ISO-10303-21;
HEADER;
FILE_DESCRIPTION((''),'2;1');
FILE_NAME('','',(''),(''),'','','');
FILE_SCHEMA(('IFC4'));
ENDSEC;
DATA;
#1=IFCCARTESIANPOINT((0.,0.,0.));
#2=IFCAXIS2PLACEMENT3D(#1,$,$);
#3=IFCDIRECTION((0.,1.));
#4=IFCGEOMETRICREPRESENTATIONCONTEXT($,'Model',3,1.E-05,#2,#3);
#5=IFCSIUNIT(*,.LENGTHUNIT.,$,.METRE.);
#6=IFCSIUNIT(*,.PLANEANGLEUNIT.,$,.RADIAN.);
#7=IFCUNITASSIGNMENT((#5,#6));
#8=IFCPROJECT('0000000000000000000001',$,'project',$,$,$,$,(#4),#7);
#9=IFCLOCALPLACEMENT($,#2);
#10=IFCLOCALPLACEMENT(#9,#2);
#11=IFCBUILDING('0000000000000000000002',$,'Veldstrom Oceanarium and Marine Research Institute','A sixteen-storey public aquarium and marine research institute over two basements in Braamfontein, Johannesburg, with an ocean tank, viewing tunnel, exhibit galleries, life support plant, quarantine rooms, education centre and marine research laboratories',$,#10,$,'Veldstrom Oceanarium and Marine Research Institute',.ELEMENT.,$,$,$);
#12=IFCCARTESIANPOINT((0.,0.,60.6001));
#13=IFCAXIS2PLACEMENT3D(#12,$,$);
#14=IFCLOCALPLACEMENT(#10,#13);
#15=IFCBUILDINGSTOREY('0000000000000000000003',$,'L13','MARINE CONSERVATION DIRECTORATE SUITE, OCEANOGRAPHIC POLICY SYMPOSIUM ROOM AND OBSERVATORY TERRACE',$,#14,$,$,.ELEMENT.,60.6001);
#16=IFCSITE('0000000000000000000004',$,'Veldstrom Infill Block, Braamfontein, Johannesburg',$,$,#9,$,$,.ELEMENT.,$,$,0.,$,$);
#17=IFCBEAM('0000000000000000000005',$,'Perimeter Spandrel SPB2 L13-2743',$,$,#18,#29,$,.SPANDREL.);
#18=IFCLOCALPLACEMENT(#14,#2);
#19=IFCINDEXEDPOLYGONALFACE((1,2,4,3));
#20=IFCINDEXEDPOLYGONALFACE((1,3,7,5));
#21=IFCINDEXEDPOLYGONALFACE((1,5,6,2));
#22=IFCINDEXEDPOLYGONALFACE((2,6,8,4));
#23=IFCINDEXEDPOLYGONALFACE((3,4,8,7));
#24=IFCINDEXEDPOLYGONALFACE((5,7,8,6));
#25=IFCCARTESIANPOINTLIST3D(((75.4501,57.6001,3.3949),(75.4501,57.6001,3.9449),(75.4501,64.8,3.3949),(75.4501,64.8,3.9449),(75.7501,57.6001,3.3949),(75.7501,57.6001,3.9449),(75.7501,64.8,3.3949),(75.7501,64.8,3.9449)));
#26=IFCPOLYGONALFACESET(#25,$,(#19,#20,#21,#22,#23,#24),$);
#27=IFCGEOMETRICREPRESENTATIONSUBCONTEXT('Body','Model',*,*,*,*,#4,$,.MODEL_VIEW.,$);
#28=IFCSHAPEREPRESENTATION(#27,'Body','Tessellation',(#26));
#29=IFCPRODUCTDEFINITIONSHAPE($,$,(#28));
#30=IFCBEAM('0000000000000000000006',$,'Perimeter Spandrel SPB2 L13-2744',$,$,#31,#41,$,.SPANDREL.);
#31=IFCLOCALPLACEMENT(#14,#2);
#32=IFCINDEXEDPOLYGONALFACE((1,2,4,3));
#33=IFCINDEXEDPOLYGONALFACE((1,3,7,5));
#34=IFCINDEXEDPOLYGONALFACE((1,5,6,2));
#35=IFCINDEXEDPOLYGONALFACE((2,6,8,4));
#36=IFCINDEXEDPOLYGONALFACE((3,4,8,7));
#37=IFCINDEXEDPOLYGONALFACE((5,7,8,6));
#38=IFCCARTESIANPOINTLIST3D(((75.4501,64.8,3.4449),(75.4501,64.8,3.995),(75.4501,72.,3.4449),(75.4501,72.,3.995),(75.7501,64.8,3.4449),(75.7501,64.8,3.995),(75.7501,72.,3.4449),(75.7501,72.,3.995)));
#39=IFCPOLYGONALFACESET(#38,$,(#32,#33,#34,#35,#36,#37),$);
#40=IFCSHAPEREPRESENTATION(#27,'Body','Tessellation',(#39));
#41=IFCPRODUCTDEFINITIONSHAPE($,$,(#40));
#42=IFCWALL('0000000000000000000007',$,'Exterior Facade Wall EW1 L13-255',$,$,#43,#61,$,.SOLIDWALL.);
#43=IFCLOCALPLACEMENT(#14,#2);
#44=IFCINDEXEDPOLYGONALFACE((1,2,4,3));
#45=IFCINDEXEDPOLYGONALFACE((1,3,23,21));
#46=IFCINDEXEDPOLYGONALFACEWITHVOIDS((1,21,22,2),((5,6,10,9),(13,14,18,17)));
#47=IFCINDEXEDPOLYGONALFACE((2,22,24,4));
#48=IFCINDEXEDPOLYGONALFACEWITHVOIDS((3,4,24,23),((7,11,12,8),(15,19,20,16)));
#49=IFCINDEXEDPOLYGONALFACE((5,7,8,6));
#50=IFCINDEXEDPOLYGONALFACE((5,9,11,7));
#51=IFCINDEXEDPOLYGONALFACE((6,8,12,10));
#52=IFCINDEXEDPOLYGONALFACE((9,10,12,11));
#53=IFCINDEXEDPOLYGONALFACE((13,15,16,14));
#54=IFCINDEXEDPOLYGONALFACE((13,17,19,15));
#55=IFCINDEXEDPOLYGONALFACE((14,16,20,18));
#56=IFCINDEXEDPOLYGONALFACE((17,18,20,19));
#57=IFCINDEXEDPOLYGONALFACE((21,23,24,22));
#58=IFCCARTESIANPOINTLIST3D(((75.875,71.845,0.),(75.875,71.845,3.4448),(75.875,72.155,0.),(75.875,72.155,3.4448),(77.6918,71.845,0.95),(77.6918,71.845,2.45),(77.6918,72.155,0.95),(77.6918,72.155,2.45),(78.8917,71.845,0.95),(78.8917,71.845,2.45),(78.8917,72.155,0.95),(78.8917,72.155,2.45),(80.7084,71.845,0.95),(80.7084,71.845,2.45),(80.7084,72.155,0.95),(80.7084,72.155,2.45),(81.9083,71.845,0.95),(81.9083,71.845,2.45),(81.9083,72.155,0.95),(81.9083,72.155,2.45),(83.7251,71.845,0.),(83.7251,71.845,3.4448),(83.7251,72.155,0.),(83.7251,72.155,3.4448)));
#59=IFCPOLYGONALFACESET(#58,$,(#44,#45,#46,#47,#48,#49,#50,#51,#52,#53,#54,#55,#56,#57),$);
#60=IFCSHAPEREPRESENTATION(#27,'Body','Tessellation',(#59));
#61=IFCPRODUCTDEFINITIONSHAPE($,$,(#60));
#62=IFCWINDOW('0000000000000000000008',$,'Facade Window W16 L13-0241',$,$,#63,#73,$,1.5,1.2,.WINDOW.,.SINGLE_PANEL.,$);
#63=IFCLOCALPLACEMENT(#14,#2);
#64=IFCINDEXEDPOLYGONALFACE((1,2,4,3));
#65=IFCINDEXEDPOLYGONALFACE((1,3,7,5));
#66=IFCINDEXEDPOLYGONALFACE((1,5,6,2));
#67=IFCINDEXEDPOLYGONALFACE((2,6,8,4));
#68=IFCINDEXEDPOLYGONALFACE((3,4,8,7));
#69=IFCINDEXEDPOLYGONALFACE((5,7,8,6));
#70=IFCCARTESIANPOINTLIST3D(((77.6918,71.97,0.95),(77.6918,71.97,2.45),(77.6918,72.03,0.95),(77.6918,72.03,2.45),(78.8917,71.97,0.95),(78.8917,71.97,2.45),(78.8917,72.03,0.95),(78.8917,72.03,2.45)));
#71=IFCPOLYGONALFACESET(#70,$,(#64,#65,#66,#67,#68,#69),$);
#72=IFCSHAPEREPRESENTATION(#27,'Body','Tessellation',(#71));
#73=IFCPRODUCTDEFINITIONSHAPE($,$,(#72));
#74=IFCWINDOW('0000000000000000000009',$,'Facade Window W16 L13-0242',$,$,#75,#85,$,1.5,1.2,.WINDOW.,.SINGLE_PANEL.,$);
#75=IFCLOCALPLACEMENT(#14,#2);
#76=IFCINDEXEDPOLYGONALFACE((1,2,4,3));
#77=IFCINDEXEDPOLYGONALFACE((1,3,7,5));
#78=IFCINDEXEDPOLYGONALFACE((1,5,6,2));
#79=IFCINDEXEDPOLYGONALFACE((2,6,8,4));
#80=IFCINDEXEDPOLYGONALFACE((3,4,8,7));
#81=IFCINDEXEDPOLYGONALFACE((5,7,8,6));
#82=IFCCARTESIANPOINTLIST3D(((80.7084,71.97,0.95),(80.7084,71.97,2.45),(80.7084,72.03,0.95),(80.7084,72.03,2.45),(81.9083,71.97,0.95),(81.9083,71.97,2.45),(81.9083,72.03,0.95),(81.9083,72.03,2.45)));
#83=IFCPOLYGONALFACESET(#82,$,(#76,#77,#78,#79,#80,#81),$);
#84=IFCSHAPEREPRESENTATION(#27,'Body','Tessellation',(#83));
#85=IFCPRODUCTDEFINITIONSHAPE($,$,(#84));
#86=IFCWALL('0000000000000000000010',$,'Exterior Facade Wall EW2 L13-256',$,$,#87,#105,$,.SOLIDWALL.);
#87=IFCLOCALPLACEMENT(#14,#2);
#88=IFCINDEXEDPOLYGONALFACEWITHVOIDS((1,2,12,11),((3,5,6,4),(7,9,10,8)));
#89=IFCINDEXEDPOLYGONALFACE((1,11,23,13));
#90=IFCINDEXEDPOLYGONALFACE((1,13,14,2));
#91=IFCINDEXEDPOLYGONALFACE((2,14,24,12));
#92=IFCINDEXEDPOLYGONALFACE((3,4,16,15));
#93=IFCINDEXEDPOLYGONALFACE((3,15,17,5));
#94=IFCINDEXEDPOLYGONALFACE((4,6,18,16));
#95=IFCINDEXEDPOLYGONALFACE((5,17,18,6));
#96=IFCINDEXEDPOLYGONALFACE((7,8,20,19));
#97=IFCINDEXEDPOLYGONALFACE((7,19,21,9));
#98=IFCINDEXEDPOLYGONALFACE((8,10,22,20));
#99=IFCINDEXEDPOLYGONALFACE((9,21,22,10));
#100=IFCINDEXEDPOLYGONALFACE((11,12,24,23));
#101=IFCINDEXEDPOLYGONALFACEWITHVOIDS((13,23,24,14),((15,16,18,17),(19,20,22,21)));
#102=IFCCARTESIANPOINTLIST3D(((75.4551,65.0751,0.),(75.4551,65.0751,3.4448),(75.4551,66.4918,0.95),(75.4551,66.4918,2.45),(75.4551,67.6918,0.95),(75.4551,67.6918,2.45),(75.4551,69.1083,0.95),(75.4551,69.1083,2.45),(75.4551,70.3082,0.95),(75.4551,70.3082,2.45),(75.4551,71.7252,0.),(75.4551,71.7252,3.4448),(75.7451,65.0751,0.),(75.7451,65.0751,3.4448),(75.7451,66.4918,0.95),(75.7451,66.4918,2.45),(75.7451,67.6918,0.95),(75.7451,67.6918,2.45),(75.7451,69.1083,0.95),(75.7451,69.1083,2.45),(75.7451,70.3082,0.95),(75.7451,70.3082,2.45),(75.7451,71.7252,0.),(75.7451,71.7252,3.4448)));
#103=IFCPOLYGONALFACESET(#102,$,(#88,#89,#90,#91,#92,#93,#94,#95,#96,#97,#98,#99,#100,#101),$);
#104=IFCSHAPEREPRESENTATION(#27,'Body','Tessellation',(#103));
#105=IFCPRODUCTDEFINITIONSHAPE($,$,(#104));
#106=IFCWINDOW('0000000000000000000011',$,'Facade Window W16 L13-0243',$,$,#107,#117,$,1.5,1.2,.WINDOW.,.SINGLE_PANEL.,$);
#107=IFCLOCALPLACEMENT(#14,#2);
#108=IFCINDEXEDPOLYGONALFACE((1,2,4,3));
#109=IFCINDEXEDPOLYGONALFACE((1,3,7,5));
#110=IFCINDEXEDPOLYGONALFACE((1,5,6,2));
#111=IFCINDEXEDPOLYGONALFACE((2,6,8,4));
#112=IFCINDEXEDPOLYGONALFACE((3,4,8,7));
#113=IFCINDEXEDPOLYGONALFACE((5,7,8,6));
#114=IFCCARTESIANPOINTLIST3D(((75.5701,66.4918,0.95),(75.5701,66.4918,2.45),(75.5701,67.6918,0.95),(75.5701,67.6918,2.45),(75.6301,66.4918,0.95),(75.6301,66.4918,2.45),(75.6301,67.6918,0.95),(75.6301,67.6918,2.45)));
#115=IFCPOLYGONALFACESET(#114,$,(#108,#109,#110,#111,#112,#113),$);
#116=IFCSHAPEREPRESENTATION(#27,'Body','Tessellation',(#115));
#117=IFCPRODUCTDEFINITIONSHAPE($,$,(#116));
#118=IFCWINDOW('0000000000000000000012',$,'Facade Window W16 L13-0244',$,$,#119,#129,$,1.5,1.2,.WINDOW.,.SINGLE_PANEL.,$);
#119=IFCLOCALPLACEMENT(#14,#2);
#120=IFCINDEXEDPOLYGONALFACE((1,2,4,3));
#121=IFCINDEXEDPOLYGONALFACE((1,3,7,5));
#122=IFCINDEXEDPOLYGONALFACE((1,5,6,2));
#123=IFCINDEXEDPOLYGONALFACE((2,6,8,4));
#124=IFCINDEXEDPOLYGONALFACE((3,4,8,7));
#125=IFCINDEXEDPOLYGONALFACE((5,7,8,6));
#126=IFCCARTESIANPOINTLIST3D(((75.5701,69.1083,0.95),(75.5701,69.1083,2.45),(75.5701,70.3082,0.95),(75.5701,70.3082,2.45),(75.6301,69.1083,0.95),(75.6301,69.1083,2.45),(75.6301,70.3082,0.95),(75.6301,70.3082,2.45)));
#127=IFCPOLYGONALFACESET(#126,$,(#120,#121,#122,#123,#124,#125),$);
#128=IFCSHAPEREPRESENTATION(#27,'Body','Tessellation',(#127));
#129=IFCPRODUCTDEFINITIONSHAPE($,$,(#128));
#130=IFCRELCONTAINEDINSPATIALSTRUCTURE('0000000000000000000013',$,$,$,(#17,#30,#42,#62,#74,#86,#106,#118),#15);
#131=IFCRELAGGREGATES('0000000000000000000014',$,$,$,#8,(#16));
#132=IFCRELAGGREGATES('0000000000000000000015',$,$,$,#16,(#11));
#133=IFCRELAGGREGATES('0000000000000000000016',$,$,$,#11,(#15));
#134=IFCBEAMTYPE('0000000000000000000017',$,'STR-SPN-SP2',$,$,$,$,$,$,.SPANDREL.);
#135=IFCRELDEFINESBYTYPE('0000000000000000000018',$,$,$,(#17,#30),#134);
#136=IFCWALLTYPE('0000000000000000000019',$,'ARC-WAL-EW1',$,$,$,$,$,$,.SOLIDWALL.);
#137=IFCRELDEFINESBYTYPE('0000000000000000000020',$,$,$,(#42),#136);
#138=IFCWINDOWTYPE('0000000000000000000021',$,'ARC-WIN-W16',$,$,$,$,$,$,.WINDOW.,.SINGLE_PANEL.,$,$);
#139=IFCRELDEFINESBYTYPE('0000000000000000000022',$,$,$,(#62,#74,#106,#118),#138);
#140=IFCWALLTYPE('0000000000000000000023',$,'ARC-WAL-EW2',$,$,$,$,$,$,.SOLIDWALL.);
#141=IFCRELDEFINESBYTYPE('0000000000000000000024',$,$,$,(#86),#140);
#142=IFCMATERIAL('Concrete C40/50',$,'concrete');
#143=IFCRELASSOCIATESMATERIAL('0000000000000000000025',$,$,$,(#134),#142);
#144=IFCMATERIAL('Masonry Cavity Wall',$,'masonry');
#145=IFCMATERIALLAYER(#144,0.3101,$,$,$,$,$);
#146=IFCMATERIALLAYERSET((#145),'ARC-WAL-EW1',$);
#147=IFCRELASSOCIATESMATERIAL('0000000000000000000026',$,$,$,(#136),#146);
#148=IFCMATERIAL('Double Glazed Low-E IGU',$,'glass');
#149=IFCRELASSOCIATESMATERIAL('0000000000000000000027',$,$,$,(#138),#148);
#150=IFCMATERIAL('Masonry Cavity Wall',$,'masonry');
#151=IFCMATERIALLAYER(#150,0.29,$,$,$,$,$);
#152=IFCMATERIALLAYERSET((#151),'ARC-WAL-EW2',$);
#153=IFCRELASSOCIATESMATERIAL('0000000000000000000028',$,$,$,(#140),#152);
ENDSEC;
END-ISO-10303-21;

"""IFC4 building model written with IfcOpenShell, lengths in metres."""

from ifc_helpers import new_model, si_unit, direction, frame, frame_2d, origin, origin_2d, place, context, subcontext, project, spatial, rectangle, extrude, material, layer, layer_set, material_profile, profile_set, type_object, element, fill, save


model = new_model("IFC4")

# Units and contexts
model_context = context("Model", 3, precision=1e-05, world=origin(), true_north=direction((0.0, 1.0)))
body_context = subcontext(model_context, "Body", "Model", "MODEL_VIEW")
ifc_project = project(units=[si_unit("LENGTHUNIT", "METRE"), si_unit("PLANEANGLEUNIT", "RADIAN")], contexts=[model_context])

# Site, building, storey
site_placement = place(None, origin())
site = spatial("IfcSite", under=ifc_project, at=site_placement, Name="Veldstrom Infill Block, Braamfontein, Johannesburg", CompositionType="ELEMENT", RefElevation=0.0)
building_placement = place(site_placement, origin())
building = spatial("IfcBuilding", under=site, at=building_placement, Name="Veldstrom Oceanarium and Marine Research Institute", Description="A sixteen-storey public aquarium and marine research institute over two basements in Braamfontein, Johannesburg, with an ocean tank, viewing tunnel, exhibit galleries, life support plant, quarantine rooms, education centre and marine research laboratories", LongName="Veldstrom Oceanarium and Marine Research Institute", CompositionType="ELEMENT")
storey_placement = place(building_placement, frame((0.0, 0.0, 60.6001)))
storey = spatial("IfcBuildingStorey", under=building, at=storey_placement, Name="L13", Description="MARINE CONSERVATION DIRECTORATE SUITE, OCEANOGRAPHIC POLICY SYMPOSIUM ROOM AND OBSERVATORY TERRACE", CompositionType="ELEMENT", Elevation=60.6001)

# Beams
ifc_material_1 = material(Name="Concrete C40/50", Category="concrete")
ifc_material_profile = material_profile(ifc_material_1, rectangle(XDim=0.3, YDim=0.55, at=origin_2d()), Name="RC-SPN-300x550")
ifc_profile_set = profile_set([ifc_material_profile], Name="Concrete C40/50")
beam_type = type_object("IfcBeamType", Name="STR-SPN-SP2", PredefinedType="SPANDREL", material=ifc_profile_set)
for number, where, z_axis, x_axis, name in (
    (1, (75.6001, 57.6001, 3.6699), (0.0, 1.0, 0.0), (-1.0, 0.0, 0.0), "Perimeter Spandrel SPB2 L13-2743"),
    (2, (75.6001, 64.8, 3.72), (0.0, 1.0, 0.0), (-1.0, 0.0, 0.0), "Perimeter Spandrel SPB2 L13-2744"),
):
    element("IfcBeam", number, at=place(storey_placement, frame(where, z_axis=z_axis, x_axis=x_axis)), inside=storey, type_object=beam_type, Name=name, PredefinedType="SPANDREL", context=body_context, shape_type="SweptSolid", body=[
        extrude(rectangle(XDim=0.3, YDim=0.55, at=origin_2d()), origin(), (0.0, 0.0, 1.0), 7.2),
    ])

# Walls, openings, windows
ifc_material_2 = material(Name="Masonry Cavity Wall", Category="masonry")
ifc_layer_1 = layer(ifc_material_2, 0.3101)
ifc_layer_set_1 = layer_set([ifc_layer_1], Name="ARC-WAL-EW1")
wall_type_1 = type_object("IfcWallType", Name="ARC-WAL-EW1", PredefinedType="SOLIDWALL", material=ifc_layer_set_1)
wall_1_placement = place(storey_placement, frame((75.875, 72.0, 0.0), z_axis=(0.0, 0.0, 1.0), x_axis=(1.0, 0.0, 0.0)))
wall_1 = element("IfcWall", 3, at=wall_1_placement, inside=storey, type_object=wall_type_1, Name="Exterior Facade Wall EW1 L13-255", PredefinedType="SOLIDWALL", context=body_context, shape_type="SweptSolid", body=[
    extrude(rectangle(XDim=7.8501, YDim=0.3101, at=frame_2d((3.925, 0.0))), origin(), (0.0, 0.0, 1.0), 3.4448),
])
opening_1_placement = place(wall_1_placement, frame((1.8167, 0.0, 0.95)))
opening_1 = element("IfcOpeningElement", 4, at=opening_1_placement, cuts=wall_1, PredefinedType="OPENING", context=body_context, shape_type="SweptSolid", body=[
    extrude(rectangle(XDim=1.2, YDim=1.5, at=frame_2d((0.6001, 0.75))), frame((0.0, 0.165, 0.0), z_axis=(0.0, -1.0, 0.0), x_axis=(1.0, 0.0, 0.0)), (0.0, 0.0, 1.0), 0.3301),
])
opening_2_placement = place(wall_1_placement, frame((4.8333, 0.0, 0.95)))
opening_2 = element("IfcOpeningElement", 5, at=opening_2_placement, cuts=wall_1, PredefinedType="OPENING", context=body_context, shape_type="SweptSolid", body=[
    extrude(rectangle(XDim=1.2, YDim=1.5, at=frame_2d((0.6001, 0.75))), frame((0.0, 0.165, 0.0), z_axis=(0.0, -1.0, 0.0), x_axis=(1.0, 0.0, 0.0)), (0.0, 0.0, 1.0), 0.3301),
])
ifc_material_3 = material(Name="Double Glazed Low-E IGU", Category="glass")
window_type_1 = type_object("IfcWindowType", Name="ARC-WIN-W16", PartitioningType="SINGLE_PANEL", PredefinedType="WINDOW", material=ifc_material_3)
window_1_placement = place(opening_1_placement, origin())
window_1 = element("IfcWindow", 6, at=window_1_placement, inside=storey, type_object=window_type_1, Name="Facade Window W16 L13-0241", OverallHeight=1.5, OverallWidth=1.2, PartitioningType="SINGLE_PANEL", PredefinedType="WINDOW", context=body_context, shape_type="SweptSolid", body=[
    extrude(rectangle(XDim=1.2, YDim=1.5, at=frame_2d((0.6001, 0.75))), frame((0.0, 0.03, 0.0), z_axis=(0.0, -1.0, 0.0), x_axis=(1.0, 0.0, 0.0)), (0.0, 0.0, 1.0), 0.0601),
])
fill(opening_1, window_1)
window_2_placement = place(opening_2_placement, origin())
window_2 = element("IfcWindow", 7, at=window_2_placement, inside=storey, type_object=window_type_1, Name="Facade Window W16 L13-0242", OverallHeight=1.5, OverallWidth=1.2, PartitioningType="SINGLE_PANEL", PredefinedType="WINDOW", context=body_context, shape_type="SweptSolid", body=[
    extrude(rectangle(XDim=1.2, YDim=1.5, at=frame_2d((0.6001, 0.75))), frame((0.0, 0.03, 0.0), z_axis=(0.0, -1.0, 0.0), x_axis=(1.0, 0.0, 0.0)), (0.0, 0.0, 1.0), 0.0601),
])
fill(opening_2, window_2)
ifc_material_4 = material(Name="Masonry Cavity Wall", Category="masonry")
ifc_layer_2 = layer(ifc_material_4, 0.29)
ifc_layer_set_2 = layer_set([ifc_layer_2], Name="ARC-WAL-EW2")
wall_type_2 = type_object("IfcWallType", Name="ARC-WAL-EW2", PredefinedType="SOLIDWALL", material=ifc_layer_set_2)
wall_2_placement = place(storey_placement, frame((75.6001, 65.075, 0.0), z_axis=(0.0, 0.0, 1.0), x_axis=(0.0, 1.0, 0.0)))
wall_2 = element("IfcWall", 8, at=wall_2_placement, inside=storey, type_object=wall_type_2, Name="Exterior Facade Wall EW2 L13-256", PredefinedType="SOLIDWALL", context=body_context, shape_type="SweptSolid", body=[
    extrude(rectangle(XDim=6.6501, YDim=0.29, at=frame_2d((3.3252, 0.0))), origin(), (0.0, 0.0, 1.0), 3.4448),
])
opening_3_placement = place(wall_2_placement, frame((1.4167, 0.0, 0.95)))
opening_3 = element("IfcOpeningElement", 9, at=opening_3_placement, cuts=wall_2, PredefinedType="OPENING", context=body_context, shape_type="SweptSolid", body=[
    extrude(rectangle(XDim=1.2, YDim=1.5, at=frame_2d((0.6001, 0.75))), frame((0.0, 0.155, 0.0), z_axis=(0.0, -1.0, 0.0), x_axis=(1.0, 0.0, 0.0)), (0.0, 0.0, 1.0), 0.3101),
])
opening_4_placement = place(wall_2_placement, frame((4.0332, 0.0, 0.95)))
opening_4 = element("IfcOpeningElement", 10, at=opening_4_placement, cuts=wall_2, PredefinedType="OPENING", context=body_context, shape_type="SweptSolid", body=[
    extrude(rectangle(XDim=1.2, YDim=1.5, at=frame_2d((0.6001, 0.75))), frame((0.0, 0.155, 0.0), z_axis=(0.0, -1.0, 0.0), x_axis=(1.0, 0.0, 0.0)), (0.0, 0.0, 1.0), 0.3101),
])
window_3_placement = place(opening_3_placement, origin())
window_3 = element("IfcWindow", 11, at=window_3_placement, inside=storey, type_object=window_type_1, Name="Facade Window W16 L13-0243", OverallHeight=1.5, OverallWidth=1.2, PartitioningType="SINGLE_PANEL", PredefinedType="WINDOW", context=body_context, shape_type="SweptSolid", body=[
    extrude(rectangle(XDim=1.2, YDim=1.5, at=frame_2d((0.6001, 0.75))), frame((0.0, 0.03, 0.0), z_axis=(0.0, -1.0, 0.0), x_axis=(1.0, 0.0, 0.0)), (0.0, 0.0, 1.0), 0.0601),
])
fill(opening_3, window_3)
window_4_placement = place(opening_4_placement, origin())
window_4 = element("IfcWindow", 12, at=window_4_placement, inside=storey, type_object=window_type_1, Name="Facade Window W16 L13-0244", OverallHeight=1.5, OverallWidth=1.2, PartitioningType="SINGLE_PANEL", PredefinedType="WINDOW", context=body_context, shape_type="SweptSolid", body=[
    extrude(rectangle(XDim=1.2, YDim=1.5, at=frame_2d((0.6001, 0.75))), frame((0.0, 0.03, 0.0), z_axis=(0.0, -1.0, 0.0), x_axis=(1.0, 0.0, 0.0)), (0.0, 0.0, 1.0), 0.0601),
])
fill(opening_4, window_4)

save(model, "model.ifc")
